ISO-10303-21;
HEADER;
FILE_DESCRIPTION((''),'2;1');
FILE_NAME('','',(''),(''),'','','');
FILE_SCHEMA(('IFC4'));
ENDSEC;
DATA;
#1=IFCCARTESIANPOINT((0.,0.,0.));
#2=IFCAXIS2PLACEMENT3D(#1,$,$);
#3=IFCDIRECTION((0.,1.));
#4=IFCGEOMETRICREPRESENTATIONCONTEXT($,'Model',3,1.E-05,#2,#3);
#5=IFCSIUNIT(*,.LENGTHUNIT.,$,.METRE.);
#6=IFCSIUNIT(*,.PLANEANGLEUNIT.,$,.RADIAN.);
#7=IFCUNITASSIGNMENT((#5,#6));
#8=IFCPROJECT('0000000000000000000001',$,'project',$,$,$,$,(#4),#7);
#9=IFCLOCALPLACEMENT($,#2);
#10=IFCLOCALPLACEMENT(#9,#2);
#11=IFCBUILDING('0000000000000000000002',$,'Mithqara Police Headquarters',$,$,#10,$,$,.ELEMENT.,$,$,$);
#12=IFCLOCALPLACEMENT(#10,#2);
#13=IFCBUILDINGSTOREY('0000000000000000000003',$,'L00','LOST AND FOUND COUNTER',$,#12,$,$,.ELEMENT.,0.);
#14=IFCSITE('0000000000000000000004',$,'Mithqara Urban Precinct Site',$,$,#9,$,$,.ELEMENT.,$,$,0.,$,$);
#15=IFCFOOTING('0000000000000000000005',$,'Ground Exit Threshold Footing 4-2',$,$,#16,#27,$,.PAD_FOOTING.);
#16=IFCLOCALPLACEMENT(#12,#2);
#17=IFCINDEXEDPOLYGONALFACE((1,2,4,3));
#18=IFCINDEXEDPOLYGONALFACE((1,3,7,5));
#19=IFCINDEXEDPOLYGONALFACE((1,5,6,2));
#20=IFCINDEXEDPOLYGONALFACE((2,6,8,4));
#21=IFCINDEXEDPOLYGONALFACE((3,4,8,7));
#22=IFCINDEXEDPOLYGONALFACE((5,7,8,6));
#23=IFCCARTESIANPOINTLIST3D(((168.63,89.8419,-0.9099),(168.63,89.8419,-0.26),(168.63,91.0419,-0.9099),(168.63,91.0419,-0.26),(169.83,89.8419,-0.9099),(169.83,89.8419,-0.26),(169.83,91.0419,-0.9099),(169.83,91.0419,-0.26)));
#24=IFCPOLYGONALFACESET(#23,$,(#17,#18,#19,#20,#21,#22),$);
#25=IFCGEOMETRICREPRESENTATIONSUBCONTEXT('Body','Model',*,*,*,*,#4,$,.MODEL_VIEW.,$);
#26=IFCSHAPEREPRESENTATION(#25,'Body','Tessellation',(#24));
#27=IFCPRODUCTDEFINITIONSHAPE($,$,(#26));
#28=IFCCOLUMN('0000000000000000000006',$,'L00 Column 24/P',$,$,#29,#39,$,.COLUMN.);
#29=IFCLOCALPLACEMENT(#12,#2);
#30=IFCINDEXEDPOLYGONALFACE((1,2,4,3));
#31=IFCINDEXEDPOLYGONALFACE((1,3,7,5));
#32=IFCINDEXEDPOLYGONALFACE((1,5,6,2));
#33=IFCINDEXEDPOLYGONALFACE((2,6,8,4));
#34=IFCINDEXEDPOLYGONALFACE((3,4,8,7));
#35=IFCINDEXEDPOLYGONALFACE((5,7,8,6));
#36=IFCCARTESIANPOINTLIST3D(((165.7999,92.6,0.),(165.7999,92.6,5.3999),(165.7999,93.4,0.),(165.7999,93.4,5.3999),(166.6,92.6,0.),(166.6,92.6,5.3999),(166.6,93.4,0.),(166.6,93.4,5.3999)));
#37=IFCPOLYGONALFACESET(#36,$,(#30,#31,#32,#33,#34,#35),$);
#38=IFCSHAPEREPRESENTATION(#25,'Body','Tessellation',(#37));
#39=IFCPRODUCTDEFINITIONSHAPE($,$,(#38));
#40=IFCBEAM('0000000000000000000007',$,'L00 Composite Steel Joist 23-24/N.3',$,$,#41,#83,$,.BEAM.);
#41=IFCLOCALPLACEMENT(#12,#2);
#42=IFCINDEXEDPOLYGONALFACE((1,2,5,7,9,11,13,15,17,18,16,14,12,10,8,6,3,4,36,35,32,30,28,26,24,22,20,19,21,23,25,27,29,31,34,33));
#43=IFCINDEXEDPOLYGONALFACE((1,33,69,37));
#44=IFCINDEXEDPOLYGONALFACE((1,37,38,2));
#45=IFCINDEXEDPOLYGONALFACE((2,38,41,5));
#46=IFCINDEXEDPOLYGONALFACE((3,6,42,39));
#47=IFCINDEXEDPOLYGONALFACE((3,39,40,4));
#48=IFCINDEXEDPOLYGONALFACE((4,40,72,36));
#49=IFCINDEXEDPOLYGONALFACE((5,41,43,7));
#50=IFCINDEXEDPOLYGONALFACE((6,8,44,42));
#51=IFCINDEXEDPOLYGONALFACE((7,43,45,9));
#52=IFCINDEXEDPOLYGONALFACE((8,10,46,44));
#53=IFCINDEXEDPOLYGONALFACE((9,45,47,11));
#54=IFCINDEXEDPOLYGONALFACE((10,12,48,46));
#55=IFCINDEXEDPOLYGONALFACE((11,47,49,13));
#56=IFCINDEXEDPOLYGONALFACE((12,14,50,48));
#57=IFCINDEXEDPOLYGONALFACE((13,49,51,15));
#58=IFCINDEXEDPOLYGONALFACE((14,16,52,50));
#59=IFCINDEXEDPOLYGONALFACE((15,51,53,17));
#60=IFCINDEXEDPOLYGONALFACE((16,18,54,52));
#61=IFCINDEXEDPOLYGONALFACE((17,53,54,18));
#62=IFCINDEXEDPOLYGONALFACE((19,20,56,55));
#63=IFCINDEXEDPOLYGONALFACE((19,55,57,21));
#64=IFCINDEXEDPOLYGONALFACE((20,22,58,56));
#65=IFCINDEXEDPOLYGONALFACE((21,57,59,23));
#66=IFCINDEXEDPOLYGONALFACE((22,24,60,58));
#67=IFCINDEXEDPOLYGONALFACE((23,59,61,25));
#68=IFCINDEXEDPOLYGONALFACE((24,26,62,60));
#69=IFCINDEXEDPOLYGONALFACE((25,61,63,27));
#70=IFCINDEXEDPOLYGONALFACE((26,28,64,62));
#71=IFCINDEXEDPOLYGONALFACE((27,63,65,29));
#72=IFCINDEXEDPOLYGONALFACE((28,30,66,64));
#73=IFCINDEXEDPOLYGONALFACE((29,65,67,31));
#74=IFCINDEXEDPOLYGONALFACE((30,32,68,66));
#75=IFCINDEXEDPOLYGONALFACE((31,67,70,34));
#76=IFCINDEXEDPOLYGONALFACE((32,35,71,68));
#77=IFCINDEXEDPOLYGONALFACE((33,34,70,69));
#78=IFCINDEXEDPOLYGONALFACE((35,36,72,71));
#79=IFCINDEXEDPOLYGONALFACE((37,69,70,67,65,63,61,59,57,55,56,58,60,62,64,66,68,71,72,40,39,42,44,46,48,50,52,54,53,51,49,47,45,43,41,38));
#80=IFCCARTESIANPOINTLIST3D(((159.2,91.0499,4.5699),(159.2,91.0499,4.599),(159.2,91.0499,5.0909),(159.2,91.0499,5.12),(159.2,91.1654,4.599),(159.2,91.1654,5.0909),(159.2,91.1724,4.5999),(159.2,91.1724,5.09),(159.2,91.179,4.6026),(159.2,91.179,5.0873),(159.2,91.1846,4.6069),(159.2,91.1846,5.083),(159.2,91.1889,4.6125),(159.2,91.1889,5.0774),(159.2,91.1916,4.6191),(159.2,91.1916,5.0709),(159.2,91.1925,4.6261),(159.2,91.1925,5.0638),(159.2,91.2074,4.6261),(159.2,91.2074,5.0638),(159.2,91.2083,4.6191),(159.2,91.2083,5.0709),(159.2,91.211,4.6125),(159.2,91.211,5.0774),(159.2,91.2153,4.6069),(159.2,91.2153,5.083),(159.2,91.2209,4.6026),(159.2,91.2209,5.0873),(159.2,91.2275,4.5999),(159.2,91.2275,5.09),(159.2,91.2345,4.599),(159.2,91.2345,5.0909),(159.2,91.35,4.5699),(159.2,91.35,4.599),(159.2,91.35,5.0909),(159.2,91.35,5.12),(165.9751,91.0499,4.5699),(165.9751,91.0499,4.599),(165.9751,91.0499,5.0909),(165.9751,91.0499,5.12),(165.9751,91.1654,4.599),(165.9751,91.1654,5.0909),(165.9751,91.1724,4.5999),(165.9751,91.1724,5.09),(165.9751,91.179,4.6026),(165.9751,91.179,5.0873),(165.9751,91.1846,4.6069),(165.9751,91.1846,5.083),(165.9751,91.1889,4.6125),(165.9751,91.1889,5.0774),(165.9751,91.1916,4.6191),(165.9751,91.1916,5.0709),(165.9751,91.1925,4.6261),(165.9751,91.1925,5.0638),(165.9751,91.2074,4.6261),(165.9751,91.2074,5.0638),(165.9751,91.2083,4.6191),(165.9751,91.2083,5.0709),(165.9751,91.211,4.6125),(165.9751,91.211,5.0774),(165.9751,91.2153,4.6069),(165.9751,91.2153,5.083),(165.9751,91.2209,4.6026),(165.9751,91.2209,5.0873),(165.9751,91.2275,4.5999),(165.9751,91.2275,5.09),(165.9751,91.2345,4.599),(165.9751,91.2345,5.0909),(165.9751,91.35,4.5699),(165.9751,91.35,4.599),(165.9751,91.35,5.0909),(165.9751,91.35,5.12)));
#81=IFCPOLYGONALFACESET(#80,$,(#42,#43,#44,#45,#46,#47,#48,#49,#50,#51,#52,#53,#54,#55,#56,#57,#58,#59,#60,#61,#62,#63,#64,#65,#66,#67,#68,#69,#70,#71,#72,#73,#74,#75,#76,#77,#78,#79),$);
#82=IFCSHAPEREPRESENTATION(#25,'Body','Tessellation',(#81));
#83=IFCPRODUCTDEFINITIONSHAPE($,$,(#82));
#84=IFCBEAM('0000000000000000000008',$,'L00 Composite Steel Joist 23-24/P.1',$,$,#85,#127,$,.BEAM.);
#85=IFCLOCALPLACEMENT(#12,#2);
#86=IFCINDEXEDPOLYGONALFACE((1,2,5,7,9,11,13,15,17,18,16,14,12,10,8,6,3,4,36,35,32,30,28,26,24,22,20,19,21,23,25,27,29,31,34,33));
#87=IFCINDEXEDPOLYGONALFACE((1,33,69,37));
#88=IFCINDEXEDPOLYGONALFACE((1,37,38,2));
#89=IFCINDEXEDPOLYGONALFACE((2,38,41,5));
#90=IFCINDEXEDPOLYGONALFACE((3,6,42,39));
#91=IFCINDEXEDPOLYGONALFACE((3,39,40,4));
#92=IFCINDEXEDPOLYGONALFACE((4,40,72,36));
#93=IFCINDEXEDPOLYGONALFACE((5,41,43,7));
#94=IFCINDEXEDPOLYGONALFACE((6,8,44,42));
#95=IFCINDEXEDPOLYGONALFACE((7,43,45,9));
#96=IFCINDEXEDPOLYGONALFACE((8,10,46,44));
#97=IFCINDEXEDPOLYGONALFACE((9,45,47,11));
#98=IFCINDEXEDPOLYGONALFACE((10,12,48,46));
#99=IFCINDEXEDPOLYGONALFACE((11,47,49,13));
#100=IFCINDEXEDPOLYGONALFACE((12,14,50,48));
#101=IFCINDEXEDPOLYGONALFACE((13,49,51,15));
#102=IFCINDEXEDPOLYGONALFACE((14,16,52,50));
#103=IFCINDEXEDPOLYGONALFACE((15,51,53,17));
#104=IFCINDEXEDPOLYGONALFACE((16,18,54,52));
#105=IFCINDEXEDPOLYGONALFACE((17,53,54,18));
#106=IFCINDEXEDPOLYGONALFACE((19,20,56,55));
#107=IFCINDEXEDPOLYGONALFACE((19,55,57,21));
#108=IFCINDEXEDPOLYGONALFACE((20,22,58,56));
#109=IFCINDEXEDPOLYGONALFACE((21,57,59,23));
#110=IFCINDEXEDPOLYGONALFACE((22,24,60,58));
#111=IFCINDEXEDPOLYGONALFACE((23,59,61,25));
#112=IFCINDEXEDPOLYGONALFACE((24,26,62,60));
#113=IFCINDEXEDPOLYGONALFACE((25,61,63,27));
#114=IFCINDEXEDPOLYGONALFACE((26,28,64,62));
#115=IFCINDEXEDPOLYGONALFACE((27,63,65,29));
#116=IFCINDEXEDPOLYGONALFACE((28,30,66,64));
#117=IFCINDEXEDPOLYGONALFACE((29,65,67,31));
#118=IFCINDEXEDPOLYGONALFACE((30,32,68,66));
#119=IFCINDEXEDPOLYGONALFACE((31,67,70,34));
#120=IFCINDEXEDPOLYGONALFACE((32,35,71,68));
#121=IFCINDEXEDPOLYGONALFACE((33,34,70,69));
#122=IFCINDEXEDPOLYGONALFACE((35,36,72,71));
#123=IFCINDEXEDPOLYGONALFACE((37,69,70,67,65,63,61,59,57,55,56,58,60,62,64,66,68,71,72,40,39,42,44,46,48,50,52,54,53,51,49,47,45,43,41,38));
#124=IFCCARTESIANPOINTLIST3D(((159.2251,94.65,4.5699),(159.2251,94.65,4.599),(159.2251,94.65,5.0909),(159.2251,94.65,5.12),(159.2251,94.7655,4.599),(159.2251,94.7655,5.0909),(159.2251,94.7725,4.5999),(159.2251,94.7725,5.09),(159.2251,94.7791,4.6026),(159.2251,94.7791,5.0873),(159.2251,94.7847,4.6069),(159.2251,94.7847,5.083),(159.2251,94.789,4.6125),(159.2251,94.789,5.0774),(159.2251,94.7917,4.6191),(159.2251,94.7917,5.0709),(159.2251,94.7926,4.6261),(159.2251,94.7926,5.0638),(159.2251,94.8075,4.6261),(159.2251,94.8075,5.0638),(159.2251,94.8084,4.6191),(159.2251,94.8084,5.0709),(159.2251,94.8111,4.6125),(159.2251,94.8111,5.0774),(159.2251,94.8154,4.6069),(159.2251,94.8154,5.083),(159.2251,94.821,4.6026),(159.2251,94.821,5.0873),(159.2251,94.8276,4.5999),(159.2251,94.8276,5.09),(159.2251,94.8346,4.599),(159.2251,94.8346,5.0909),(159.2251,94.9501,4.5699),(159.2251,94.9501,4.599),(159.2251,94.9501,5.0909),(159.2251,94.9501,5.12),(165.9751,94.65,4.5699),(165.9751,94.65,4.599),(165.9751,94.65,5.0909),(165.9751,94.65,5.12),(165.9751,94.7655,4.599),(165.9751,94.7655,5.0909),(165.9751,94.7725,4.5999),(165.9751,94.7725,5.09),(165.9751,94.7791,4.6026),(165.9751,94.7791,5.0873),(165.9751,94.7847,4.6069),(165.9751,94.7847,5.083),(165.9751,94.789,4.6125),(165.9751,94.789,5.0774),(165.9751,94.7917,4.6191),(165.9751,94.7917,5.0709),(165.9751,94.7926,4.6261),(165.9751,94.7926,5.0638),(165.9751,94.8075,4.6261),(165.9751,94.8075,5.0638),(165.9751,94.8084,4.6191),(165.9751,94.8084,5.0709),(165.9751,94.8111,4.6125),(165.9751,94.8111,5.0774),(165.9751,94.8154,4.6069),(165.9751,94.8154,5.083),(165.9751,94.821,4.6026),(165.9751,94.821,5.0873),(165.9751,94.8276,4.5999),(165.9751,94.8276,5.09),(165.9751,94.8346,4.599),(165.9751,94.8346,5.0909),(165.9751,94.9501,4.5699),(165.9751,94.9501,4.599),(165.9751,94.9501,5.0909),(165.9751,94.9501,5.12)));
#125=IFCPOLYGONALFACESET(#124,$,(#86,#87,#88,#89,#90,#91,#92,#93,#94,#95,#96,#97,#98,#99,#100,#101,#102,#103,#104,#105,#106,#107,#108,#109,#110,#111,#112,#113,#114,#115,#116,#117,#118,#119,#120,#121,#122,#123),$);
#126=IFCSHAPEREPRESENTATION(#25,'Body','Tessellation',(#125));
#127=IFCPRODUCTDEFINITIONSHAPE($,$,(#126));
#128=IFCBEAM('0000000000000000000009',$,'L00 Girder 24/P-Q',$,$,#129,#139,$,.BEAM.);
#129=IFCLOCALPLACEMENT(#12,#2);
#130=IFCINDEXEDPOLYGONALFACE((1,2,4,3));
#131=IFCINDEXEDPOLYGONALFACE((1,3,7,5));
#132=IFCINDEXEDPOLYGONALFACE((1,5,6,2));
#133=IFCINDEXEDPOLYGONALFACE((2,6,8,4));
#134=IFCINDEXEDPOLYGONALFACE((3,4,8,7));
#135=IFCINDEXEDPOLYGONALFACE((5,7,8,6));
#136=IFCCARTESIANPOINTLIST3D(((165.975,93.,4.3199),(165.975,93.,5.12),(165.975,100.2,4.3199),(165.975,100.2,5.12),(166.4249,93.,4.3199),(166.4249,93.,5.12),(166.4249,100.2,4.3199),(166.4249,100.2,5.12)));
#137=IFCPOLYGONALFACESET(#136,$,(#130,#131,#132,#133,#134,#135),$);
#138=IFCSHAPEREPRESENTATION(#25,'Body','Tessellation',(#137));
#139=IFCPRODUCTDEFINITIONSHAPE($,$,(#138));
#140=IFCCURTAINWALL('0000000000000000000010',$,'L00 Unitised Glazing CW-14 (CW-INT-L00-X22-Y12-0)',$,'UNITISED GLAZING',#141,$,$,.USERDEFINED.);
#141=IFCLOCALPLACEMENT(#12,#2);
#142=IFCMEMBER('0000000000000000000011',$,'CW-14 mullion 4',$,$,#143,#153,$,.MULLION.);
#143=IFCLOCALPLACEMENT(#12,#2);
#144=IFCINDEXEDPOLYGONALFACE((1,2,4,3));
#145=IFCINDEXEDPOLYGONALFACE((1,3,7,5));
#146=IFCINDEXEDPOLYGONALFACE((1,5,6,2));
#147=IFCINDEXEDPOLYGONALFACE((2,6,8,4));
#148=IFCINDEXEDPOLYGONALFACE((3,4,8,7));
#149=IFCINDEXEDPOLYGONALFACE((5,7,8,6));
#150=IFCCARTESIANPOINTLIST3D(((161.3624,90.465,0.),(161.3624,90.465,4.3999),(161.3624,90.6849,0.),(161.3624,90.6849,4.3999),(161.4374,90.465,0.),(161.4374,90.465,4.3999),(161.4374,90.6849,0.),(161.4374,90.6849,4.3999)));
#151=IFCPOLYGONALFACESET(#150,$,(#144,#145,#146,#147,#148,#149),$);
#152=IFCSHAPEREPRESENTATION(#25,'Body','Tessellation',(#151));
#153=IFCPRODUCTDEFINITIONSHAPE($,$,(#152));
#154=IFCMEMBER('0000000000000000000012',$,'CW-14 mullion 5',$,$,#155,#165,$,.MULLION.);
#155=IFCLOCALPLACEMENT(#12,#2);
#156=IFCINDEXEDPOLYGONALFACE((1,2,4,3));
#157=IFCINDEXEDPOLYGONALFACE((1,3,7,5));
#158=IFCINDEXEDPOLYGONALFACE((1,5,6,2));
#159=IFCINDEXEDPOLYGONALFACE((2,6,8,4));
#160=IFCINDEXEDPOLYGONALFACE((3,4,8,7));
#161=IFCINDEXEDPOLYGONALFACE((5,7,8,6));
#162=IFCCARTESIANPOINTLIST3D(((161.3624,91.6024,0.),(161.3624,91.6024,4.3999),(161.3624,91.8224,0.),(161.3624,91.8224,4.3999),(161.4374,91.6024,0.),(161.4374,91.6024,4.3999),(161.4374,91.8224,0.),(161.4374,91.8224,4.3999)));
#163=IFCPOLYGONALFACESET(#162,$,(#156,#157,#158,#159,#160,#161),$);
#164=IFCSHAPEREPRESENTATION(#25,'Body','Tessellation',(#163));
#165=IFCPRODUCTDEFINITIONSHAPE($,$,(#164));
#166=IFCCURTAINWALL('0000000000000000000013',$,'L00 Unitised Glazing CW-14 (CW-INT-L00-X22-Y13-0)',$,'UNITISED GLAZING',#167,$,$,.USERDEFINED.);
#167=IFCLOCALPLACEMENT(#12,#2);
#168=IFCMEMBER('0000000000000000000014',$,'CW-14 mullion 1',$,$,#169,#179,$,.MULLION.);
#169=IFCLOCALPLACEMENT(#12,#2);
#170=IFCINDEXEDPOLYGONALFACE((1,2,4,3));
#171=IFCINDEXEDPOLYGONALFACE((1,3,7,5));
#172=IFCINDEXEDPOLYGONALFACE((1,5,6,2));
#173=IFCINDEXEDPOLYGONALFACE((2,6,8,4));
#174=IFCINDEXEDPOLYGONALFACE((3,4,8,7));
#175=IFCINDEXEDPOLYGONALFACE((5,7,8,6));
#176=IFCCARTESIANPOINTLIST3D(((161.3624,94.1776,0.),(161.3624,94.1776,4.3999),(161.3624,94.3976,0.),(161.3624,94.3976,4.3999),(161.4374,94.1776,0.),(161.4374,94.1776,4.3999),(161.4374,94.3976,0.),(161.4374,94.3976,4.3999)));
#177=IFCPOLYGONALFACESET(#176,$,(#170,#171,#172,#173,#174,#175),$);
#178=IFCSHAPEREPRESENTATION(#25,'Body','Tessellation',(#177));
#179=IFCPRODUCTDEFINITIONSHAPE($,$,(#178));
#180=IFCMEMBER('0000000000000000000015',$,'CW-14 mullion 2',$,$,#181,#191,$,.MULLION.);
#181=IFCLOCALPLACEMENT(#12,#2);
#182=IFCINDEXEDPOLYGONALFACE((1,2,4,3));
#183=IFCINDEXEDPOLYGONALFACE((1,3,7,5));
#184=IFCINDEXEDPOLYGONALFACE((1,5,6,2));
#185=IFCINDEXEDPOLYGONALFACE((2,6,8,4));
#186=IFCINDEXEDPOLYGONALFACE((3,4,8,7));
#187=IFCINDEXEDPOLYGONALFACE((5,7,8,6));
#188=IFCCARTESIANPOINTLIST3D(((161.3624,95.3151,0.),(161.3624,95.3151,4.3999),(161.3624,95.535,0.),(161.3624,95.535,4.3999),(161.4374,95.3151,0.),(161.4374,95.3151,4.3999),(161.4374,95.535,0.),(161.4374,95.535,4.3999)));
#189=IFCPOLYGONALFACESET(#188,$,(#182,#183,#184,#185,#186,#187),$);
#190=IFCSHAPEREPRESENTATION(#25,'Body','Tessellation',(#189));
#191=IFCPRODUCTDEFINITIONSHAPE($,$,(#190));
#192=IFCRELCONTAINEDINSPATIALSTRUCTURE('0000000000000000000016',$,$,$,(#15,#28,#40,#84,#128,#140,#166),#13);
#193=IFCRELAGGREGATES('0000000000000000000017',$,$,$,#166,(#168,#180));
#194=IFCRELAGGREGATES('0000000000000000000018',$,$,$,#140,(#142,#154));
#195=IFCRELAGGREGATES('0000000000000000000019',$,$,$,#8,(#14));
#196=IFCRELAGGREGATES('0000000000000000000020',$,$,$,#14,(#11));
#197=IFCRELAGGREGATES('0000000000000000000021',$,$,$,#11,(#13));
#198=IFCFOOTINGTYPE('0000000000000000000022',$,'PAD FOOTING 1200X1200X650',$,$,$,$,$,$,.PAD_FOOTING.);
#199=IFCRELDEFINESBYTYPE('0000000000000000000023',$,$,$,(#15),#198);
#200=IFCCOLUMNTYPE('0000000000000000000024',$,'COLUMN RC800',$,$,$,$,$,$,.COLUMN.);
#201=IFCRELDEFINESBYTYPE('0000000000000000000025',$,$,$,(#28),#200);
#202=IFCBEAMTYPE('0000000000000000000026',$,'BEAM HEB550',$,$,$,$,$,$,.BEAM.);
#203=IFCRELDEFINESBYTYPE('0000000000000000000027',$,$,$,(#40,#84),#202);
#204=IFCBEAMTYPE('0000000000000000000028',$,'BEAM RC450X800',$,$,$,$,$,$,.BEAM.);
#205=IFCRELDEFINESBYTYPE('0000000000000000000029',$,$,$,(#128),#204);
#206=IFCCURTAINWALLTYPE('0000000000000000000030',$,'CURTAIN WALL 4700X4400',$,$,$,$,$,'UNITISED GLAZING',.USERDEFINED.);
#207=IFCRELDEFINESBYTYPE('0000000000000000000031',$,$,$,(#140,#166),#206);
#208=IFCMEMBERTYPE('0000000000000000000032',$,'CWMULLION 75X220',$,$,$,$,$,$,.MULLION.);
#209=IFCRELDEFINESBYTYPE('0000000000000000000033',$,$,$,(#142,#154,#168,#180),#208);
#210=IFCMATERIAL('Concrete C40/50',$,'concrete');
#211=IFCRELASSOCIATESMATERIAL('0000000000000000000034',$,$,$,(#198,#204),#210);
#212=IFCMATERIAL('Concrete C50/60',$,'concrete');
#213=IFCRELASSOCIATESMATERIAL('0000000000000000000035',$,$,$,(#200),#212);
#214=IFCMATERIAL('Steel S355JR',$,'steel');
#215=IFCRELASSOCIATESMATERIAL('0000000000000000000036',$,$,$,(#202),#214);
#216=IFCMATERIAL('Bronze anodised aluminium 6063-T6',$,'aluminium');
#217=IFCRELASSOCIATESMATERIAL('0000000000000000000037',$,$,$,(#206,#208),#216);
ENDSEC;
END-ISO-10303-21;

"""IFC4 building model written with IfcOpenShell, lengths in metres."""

from ifc_helpers import new_model, si_unit, direction, frame, origin, origin_2d, place, context, subcontext, project, spatial, rectangle, i_section, extrude, material, material_profile, profile_set, type_object, element, aggregate, save


model = new_model("IFC4")

# Units and contexts
model_context = context("Model", 3, precision=1e-05, world=origin(), true_north=direction((0.0, 1.0)))
body_context = subcontext(model_context, "Body", "Model", "MODEL_VIEW")
ifc_project = project(units=[si_unit("LENGTHUNIT", "METRE"), si_unit("PLANEANGLEUNIT", "RADIAN")], contexts=[model_context])

# Site, building, storey
site_placement = place(None, origin())
site = spatial("IfcSite", under=ifc_project, at=site_placement, Name="Mithqara Urban Precinct Site", CompositionType="ELEMENT", RefElevation=0.0)
building_placement = place(site_placement, origin())
building = spatial("IfcBuilding", under=site, at=building_placement, Name="Mithqara Police Headquarters", CompositionType="ELEMENT")
storey_placement = place(building_placement, origin())
storey = spatial("IfcBuildingStorey", under=building, at=storey_placement, Name="L00", Description="LOST AND FOUND COUNTER", CompositionType="ELEMENT", Elevation=0.0)

# Footing
ifc_material_1 = material(Name="Concrete C40/50", Category="concrete")
footing_type = type_object("IfcFootingType", Name="PAD FOOTING 1200X1200X650", PredefinedType="PAD_FOOTING", material=ifc_material_1)
footing_placement = place(storey_placement, frame((169.23, 90.4419, -0.9099), z_axis=(0.0, 0.0, 1.0), x_axis=(1.0, 0.0, 0.0)))
element("IfcFooting", 1, at=footing_placement, inside=storey, type_object=footing_type, Name="Ground Exit Threshold Footing 4-2", PredefinedType="PAD_FOOTING", context=body_context, shape_type="SweptSolid", body=[
    extrude(rectangle(XDim=1.2, YDim=1.2, at=origin_2d()), origin(), (0.0, 0.0, 1.0), 0.6499),
])

# Column
ifc_material_2 = material(Name="Concrete C50/60", Category="concrete")
ifc_material_profile_1 = material_profile(ifc_material_2, rectangle(XDim=0.8, YDim=0.8, at=origin_2d()), Name="RC 800x800")
ifc_profile_set_1 = profile_set([ifc_material_profile_1], Name="Concrete C50/60")
column_type = type_object("IfcColumnType", Name="COLUMN RC800", PredefinedType="COLUMN", material=ifc_profile_set_1)
column_placement = place(storey_placement, frame((166.2, 93.0, 0.0), z_axis=(0.0, 0.0, 1.0), x_axis=(1.0, 0.0, 0.0)))
element("IfcColumn", 2, at=column_placement, inside=storey, type_object=column_type, Name="L00 Column 24/P", PredefinedType="COLUMN", context=body_context, shape_type="SweptSolid", body=[
    extrude(rectangle(XDim=0.8, YDim=0.8, at=origin_2d()), origin(), (0.0, 0.0, 1.0), 5.3999),
])

# Beams
ifc_material_3 = material(Name="Steel S355JR", Category="steel")
ifc_material_profile_2 = material_profile(ifc_material_3, i_section(OverallWidth=0.3, OverallDepth=0.55, WebThickness=0.0149, FlangeThickness=0.0291, FilletRadius=0.0271, at=origin_2d()), Name="HEB 550")
ifc_profile_set_2 = profile_set([ifc_material_profile_2], Name="Steel S355JR")
beam_type_1 = type_object("IfcBeamType", Name="BEAM HEB550", PredefinedType="BEAM", material=ifc_profile_set_2)
beam_1_placement = place(storey_placement, frame((159.2, 91.2, 4.845), z_axis=(1.0, 0.0, 0.0), x_axis=(0.0, 1.0, 0.0)))
element("IfcBeam", 3, at=beam_1_placement, inside=storey, type_object=beam_type_1, Name="L00 Composite Steel Joist 23-24/N.3", PredefinedType="BEAM", context=body_context, shape_type="SweptSolid", body=[
    extrude(i_section(OverallWidth=0.3, OverallDepth=0.55, WebThickness=0.0149, FlangeThickness=0.0291, FilletRadius=0.0271, at=origin_2d()), origin(), (0.0, 0.0, 1.0), 6.7751),
])
beam_2_placement = place(storey_placement, frame((159.2251, 94.8, 4.845), z_axis=(1.0, 0.0, 0.0), x_axis=(0.0, 1.0, 0.0)))
element("IfcBeam", 4, at=beam_2_placement, inside=storey, type_object=beam_type_1, Name="L00 Composite Steel Joist 23-24/P.1", PredefinedType="BEAM", context=body_context, shape_type="SweptSolid", body=[
    extrude(i_section(OverallWidth=0.3, OverallDepth=0.55, WebThickness=0.0149, FlangeThickness=0.0291, FilletRadius=0.0271, at=origin_2d()), origin(), (0.0, 0.0, 1.0), 6.75),
])
ifc_material_profile_3 = material_profile(ifc_material_1, rectangle(XDim=0.45, YDim=0.8, at=origin_2d()), Name="RC 450x800")
ifc_profile_set_3 = profile_set([ifc_material_profile_3], Name="Concrete C40/50")
beam_type_2 = type_object("IfcBeamType", Name="BEAM RC450X800", PredefinedType="BEAM", material=ifc_profile_set_3)
beam_3_placement = place(storey_placement, frame((166.2, 93.0, 4.72), z_axis=(0.0, 1.0, 0.0), x_axis=(-1.0, 0.0, 0.0)))
element("IfcBeam", 5, at=beam_3_placement, inside=storey, type_object=beam_type_2, Name="L00 Girder 24/P-Q", PredefinedType="BEAM", context=body_context, shape_type="SweptSolid", body=[
    extrude(rectangle(XDim=0.45, YDim=0.8, at=origin_2d()), origin(), (0.0, 0.0, 1.0), 7.2),
])

# Curtain walls, members
ifc_material_4 = material(Name="Bronze anodised aluminium 6063-T6", Category="aluminium")
curtain_wall_type = type_object("IfcCurtainWallType", Name="CURTAIN WALL 4700X4400", ElementType="UNITISED GLAZING", PredefinedType="USERDEFINED", material=ifc_material_4)
curtain_wall_1_placement = place(storey_placement, origin())
curtain_wall_1 = element("IfcCurtainWall", 6, at=curtain_wall_1_placement, inside=storey, type_object=curtain_wall_type, Name="L00 Unitised Glazing CW-14 (CW-INT-L00-X22-Y12-0)", ObjectType="UNITISED GLAZING", PredefinedType="USERDEFINED")
ifc_material_profile_4 = material_profile(ifc_material_4, rectangle(XDim=0.075, YDim=0.22, at=origin_2d()), Name="CWM 75x220")
ifc_profile_set_4 = profile_set([ifc_material_profile_4], Name="Bronze anodised aluminium 6063-T6")
member_type_1 = type_object("IfcMemberType", Name="CWMULLION 75X220", PredefinedType="MULLION", material=ifc_profile_set_4)
member_1_placement = place(storey_placement, frame((161.3999, 90.575, 0.0), z_axis=(0.0, 0.0, 1.0), x_axis=(-1.0, 0.0, 0.0)))
member_1 = element("IfcMember", 7, at=member_1_placement, type_object=member_type_1, Name="CW-14 mullion 4", PredefinedType="MULLION", context=body_context, shape_type="SweptSolid", body=[
    extrude(rectangle(XDim=0.075, YDim=0.22, at=origin_2d()), origin(), (0.0, 0.0, 1.0), 4.3999),
])
member_2_placement = place(storey_placement, frame((161.3999, 91.7124, 0.0), z_axis=(0.0, 0.0, 1.0), x_axis=(-1.0, 0.0, 0.0)))
member_2 = element("IfcMember", 8, at=member_2_placement, type_object=member_type_1, Name="CW-14 mullion 5", PredefinedType="MULLION", context=body_context, shape_type="SweptSolid", body=[
    extrude(rectangle(XDim=0.075, YDim=0.22, at=origin_2d()), origin(), (0.0, 0.0, 1.0), 4.3999),
])
curtain_wall_2_placement = place(storey_placement, origin())
curtain_wall_2 = element("IfcCurtainWall", 9, at=curtain_wall_2_placement, inside=storey, type_object=curtain_wall_type, Name="L00 Unitised Glazing CW-14 (CW-INT-L00-X22-Y13-0)", ObjectType="UNITISED GLAZING", PredefinedType="USERDEFINED")
member_3_placement = place(storey_placement, frame((161.3999, 94.2876, 0.0), z_axis=(0.0, 0.0, 1.0), x_axis=(-1.0, 0.0, 0.0)))
member_3 = element("IfcMember", 10, at=member_3_placement, type_object=member_type_1, Name="CW-14 mullion 1", PredefinedType="MULLION", context=body_context, shape_type="SweptSolid", body=[
    extrude(rectangle(XDim=0.075, YDim=0.22, at=origin_2d()), origin(), (0.0, 0.0, 1.0), 4.3999),
])
member_4_placement = place(storey_placement, frame((161.3999, 95.425, 0.0), z_axis=(0.0, 0.0, 1.0), x_axis=(-1.0, 0.0, 0.0)))
member_4 = element("IfcMember", 11, at=member_4_placement, type_object=member_type_1, Name="CW-14 mullion 2", PredefinedType="MULLION", context=body_context, shape_type="SweptSolid", body=[
    extrude(rectangle(XDim=0.075, YDim=0.22, at=origin_2d()), origin(), (0.0, 0.0, 1.0), 4.3999),
])

aggregate(curtain_wall_2, [member_3, member_4])
aggregate(curtain_wall_1, [member_1, member_2])

save(model, "model.ifc")
